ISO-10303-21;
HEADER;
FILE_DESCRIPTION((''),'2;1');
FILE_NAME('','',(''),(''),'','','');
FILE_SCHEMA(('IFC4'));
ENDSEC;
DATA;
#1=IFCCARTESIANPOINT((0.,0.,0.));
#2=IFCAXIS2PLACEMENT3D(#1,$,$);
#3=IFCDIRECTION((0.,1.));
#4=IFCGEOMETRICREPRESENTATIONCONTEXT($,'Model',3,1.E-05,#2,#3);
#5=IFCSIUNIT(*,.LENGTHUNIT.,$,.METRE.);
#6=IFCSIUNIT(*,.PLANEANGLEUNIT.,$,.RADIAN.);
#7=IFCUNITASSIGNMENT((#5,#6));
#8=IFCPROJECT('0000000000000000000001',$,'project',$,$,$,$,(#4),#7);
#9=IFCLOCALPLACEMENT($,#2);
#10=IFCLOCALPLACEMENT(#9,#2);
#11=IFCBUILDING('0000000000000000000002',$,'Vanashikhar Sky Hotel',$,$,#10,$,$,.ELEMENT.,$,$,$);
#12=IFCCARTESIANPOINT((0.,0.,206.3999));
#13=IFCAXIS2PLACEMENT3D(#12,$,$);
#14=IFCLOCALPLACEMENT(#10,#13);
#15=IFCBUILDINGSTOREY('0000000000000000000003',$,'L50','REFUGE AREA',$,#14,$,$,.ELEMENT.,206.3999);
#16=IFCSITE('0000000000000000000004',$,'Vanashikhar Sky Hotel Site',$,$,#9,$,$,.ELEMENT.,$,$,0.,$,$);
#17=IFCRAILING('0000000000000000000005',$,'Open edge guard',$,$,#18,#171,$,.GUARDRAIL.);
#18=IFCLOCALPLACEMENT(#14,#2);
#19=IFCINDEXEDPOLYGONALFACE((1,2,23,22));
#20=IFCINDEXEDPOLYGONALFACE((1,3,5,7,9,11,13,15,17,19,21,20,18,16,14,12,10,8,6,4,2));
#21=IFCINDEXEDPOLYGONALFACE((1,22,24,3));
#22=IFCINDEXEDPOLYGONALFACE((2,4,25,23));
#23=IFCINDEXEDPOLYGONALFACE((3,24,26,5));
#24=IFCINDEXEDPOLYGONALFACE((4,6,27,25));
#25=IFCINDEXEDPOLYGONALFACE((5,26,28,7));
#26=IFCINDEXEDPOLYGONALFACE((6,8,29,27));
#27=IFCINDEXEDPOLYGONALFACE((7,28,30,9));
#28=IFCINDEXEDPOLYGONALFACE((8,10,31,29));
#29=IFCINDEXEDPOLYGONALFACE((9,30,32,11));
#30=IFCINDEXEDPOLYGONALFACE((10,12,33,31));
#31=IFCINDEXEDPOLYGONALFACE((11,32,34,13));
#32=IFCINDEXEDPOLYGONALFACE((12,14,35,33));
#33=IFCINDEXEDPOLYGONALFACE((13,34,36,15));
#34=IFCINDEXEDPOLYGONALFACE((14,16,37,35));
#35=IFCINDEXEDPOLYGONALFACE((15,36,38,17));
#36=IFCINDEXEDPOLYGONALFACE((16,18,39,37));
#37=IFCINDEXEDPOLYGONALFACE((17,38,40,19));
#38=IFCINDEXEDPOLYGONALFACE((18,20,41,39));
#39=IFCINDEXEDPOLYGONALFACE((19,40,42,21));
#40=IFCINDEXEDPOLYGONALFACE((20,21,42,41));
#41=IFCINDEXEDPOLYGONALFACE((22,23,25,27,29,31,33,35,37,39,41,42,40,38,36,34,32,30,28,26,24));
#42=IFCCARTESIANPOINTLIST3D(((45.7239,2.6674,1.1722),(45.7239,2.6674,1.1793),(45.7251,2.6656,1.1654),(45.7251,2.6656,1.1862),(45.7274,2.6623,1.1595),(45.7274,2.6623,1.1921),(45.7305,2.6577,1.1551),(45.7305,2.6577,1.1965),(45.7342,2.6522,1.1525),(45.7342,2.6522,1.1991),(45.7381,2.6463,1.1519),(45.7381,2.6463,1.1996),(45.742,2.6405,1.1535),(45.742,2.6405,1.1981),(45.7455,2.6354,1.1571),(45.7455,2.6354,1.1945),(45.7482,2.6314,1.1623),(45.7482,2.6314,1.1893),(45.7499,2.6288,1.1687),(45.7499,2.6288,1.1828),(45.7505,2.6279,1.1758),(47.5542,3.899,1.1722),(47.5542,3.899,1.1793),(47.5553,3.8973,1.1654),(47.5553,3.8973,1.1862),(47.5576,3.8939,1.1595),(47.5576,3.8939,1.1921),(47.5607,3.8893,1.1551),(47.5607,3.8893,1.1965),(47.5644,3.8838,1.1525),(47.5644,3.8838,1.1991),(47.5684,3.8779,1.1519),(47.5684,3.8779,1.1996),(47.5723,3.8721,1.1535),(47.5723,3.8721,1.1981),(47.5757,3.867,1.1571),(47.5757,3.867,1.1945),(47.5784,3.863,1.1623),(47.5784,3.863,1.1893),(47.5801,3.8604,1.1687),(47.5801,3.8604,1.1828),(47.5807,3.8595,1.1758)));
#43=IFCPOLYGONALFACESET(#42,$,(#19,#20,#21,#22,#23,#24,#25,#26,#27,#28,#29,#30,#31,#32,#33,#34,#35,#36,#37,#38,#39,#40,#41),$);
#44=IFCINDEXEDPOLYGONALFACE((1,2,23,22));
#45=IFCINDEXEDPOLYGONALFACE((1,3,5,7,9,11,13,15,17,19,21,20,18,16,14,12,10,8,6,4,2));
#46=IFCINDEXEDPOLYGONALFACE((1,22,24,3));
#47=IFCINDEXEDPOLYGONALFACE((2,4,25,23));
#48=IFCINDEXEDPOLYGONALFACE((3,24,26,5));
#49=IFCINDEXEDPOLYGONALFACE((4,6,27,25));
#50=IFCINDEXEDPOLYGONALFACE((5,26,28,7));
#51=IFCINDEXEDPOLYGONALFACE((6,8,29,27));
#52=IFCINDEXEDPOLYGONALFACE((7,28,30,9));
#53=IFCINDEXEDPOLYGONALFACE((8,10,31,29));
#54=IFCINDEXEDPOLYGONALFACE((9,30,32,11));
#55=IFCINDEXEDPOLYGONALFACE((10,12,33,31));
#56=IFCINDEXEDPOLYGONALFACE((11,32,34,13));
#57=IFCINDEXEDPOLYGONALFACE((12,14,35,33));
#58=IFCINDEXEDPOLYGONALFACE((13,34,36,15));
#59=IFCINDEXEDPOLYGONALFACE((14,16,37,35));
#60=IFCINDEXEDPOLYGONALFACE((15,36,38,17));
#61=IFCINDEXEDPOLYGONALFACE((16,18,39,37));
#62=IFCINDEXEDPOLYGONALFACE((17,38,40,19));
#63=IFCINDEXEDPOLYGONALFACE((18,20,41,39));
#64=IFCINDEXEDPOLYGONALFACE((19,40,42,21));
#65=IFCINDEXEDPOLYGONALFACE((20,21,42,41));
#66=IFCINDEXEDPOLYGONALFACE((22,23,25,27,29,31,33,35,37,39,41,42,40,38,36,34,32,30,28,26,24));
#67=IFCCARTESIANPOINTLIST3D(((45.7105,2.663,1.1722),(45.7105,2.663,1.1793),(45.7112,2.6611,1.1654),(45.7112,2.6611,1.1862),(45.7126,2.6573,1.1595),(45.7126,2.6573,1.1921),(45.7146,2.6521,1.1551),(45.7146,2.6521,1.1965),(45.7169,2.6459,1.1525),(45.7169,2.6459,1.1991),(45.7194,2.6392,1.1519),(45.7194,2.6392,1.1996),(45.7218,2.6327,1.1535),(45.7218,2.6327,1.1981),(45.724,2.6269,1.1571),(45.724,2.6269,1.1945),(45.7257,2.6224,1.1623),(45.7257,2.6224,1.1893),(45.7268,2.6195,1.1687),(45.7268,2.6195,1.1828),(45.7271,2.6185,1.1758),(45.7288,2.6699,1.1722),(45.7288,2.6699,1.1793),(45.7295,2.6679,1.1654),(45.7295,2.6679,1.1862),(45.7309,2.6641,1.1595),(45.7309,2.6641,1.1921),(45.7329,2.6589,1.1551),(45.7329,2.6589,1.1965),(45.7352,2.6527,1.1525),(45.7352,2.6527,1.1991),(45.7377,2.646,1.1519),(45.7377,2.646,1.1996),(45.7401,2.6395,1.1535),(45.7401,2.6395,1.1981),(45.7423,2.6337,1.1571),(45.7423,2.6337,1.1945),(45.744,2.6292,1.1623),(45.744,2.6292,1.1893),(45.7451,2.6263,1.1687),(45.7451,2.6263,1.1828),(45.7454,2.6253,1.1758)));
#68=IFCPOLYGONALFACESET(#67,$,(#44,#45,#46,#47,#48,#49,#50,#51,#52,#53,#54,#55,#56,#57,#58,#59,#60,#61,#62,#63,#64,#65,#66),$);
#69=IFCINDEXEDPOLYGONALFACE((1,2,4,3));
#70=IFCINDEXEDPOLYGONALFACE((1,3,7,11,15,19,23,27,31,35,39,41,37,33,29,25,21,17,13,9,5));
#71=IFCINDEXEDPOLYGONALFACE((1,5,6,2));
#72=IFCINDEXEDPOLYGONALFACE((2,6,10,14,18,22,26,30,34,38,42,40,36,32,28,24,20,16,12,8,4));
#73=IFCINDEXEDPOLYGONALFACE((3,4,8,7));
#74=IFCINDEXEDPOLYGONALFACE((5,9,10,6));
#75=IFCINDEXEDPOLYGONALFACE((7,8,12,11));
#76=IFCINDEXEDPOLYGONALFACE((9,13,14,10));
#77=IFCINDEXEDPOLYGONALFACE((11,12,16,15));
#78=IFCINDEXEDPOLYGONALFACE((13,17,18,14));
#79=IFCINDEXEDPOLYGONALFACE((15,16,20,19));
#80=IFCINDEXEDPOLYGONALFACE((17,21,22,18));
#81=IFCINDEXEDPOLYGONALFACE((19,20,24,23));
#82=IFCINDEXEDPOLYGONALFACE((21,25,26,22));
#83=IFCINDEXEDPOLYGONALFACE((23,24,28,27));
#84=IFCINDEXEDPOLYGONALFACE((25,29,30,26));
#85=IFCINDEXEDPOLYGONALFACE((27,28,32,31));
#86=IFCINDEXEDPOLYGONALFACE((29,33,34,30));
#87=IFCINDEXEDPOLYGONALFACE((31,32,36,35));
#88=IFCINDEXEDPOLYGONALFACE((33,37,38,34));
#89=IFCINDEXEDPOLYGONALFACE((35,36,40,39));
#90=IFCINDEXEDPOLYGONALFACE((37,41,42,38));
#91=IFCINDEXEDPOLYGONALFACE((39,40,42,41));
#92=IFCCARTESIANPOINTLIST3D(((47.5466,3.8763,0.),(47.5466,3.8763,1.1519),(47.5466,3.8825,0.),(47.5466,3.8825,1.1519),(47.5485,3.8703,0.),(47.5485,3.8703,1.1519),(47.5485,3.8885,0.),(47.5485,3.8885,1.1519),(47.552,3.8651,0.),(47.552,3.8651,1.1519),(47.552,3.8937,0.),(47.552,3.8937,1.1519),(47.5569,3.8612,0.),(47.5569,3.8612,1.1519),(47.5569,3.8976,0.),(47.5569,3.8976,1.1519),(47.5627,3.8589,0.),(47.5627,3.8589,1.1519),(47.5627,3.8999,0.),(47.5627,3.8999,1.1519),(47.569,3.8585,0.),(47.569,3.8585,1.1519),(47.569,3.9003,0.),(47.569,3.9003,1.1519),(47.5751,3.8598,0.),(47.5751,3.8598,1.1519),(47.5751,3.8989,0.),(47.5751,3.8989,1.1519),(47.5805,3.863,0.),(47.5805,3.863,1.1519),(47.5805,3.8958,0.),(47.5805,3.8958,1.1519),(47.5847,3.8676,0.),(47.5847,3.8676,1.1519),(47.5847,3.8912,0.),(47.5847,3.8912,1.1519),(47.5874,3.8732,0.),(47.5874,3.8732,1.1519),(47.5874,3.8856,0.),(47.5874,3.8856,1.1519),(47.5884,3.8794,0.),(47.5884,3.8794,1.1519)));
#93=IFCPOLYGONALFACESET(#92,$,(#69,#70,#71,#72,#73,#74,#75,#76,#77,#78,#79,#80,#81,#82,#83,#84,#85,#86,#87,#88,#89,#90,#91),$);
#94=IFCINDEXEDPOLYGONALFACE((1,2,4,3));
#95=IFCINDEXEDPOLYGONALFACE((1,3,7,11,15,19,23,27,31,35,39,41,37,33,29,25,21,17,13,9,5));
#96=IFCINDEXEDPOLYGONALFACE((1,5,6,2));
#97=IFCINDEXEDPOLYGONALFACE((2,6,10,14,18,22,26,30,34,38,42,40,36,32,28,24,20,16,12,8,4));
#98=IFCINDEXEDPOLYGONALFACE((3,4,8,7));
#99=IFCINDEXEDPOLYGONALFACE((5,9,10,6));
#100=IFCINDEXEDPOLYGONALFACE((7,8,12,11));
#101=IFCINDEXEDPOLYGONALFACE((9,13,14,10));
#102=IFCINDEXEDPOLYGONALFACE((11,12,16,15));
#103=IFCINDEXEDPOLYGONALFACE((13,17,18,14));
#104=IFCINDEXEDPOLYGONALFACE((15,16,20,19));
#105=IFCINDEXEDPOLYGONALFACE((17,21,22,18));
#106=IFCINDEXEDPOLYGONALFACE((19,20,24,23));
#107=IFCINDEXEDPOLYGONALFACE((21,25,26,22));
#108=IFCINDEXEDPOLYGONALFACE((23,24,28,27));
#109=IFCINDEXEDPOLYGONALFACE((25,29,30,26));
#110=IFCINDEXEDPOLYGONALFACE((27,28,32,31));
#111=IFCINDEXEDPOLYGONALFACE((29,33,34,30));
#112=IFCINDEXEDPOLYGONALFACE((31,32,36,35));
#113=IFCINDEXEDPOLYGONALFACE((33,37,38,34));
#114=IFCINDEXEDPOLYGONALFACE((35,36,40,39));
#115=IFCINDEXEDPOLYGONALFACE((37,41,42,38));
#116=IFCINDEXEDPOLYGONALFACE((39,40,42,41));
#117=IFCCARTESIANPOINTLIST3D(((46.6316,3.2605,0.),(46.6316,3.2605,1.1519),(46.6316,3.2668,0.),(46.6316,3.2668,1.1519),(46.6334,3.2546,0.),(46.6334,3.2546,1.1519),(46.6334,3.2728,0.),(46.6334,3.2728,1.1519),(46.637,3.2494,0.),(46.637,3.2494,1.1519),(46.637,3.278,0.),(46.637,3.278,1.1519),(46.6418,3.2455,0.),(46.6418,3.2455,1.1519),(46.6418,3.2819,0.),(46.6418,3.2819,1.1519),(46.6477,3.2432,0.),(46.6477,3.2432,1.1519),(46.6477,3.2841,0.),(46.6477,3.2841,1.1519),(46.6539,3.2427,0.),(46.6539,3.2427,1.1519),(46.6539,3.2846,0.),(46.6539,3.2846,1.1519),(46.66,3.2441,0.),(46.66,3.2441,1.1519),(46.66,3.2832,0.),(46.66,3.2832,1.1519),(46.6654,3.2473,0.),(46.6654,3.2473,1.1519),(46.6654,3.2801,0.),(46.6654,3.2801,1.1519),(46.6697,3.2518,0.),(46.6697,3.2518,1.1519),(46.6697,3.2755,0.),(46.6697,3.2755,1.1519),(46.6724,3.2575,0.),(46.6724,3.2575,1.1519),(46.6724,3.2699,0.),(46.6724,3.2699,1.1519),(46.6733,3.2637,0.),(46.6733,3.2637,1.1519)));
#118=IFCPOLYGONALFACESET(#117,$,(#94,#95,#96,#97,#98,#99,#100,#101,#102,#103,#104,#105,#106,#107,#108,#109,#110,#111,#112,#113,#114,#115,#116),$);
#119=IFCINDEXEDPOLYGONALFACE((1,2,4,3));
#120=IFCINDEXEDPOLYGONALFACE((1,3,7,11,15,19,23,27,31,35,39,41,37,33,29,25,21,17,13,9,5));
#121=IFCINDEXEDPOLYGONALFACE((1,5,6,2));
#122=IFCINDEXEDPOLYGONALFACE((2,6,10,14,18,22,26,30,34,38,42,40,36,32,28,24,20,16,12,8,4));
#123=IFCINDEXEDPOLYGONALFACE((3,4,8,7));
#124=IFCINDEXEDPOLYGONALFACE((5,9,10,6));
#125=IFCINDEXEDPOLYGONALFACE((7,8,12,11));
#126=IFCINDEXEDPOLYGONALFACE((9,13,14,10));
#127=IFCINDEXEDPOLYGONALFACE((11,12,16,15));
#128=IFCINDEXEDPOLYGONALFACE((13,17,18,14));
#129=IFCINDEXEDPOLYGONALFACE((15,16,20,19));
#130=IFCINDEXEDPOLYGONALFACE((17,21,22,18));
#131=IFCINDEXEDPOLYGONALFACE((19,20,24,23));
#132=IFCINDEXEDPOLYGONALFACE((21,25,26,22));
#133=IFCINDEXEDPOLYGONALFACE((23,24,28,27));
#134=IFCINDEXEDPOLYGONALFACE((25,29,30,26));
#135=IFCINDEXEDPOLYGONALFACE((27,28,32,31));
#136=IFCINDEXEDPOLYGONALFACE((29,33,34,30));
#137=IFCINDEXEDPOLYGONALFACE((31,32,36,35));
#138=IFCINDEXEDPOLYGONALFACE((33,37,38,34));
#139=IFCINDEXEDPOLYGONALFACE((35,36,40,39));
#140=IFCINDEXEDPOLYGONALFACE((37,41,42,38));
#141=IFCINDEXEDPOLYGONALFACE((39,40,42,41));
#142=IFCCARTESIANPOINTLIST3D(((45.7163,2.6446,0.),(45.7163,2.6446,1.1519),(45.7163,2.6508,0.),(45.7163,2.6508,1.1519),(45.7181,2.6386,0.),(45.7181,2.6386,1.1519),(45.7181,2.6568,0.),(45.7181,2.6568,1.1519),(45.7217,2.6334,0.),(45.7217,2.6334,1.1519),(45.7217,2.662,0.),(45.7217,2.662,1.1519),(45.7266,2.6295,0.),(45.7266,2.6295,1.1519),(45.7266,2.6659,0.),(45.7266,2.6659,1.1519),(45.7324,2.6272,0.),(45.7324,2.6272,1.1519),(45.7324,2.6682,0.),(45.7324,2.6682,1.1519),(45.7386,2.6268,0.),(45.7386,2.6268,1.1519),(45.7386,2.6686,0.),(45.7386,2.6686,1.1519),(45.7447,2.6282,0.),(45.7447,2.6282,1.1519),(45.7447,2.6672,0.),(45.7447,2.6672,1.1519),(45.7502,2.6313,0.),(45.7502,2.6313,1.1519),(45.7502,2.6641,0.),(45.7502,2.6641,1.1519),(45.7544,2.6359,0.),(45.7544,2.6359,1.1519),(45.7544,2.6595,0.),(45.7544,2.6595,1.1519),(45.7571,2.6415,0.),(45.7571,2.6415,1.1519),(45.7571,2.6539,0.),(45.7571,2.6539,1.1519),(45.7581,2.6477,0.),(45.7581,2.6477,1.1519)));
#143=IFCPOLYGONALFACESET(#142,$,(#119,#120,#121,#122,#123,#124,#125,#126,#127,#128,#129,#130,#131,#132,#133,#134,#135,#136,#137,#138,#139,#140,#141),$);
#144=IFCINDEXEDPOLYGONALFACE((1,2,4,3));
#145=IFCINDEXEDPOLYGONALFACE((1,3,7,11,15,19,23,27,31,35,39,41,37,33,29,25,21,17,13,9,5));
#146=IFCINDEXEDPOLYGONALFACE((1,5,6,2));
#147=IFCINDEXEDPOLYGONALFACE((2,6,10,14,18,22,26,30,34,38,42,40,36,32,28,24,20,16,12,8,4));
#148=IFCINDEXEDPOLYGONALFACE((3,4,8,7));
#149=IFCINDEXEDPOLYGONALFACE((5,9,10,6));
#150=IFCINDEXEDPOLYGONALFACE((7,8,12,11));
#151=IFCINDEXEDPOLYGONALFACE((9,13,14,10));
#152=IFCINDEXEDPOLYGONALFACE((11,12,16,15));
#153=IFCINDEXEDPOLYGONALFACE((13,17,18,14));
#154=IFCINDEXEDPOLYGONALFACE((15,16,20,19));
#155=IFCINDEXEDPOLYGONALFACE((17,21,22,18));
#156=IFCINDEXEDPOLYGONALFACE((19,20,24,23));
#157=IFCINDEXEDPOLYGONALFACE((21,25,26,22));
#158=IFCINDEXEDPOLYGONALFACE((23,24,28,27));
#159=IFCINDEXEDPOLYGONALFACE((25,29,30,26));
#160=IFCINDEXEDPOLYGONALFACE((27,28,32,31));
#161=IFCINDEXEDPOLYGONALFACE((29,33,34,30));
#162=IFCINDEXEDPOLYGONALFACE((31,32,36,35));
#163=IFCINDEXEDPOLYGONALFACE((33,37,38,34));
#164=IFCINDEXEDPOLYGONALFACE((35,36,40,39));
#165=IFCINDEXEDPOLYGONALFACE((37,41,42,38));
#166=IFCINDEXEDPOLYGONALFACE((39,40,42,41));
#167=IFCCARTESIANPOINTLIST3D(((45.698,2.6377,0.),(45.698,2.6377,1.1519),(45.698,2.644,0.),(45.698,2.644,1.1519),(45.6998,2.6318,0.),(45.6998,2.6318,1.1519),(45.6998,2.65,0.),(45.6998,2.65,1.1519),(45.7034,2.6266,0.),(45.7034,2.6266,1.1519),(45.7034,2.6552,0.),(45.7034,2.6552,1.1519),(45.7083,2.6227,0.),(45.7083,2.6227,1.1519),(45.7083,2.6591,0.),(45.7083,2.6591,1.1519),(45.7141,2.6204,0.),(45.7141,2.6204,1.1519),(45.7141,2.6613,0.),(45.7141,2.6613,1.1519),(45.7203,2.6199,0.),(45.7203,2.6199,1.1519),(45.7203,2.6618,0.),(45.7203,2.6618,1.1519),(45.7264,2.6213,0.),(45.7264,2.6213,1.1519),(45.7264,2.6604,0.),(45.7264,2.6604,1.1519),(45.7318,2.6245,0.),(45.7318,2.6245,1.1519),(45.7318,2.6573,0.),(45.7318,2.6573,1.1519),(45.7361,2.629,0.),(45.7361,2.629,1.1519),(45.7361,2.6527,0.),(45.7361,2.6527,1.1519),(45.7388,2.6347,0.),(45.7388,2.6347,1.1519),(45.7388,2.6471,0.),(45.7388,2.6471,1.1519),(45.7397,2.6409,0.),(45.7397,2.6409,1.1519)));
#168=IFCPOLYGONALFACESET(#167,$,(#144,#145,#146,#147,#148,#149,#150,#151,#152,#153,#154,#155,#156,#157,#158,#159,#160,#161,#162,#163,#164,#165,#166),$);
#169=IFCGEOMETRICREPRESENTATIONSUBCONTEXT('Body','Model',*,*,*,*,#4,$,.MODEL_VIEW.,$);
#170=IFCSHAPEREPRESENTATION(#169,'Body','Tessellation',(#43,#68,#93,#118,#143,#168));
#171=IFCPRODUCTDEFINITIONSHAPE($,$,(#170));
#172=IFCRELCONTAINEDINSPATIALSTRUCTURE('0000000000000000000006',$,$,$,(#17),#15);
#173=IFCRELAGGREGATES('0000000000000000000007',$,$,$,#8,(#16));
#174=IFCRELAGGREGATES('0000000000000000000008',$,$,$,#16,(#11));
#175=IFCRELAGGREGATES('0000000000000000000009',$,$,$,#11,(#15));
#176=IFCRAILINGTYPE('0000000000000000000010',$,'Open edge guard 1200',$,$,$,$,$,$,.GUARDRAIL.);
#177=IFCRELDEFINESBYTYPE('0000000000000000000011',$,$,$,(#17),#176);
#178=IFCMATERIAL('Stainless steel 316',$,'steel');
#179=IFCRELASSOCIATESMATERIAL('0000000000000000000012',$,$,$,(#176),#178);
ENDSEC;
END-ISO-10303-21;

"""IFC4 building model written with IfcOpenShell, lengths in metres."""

from ifc_helpers import new_model, si_unit, direction, frame, origin, origin_2d, place, context, subcontext, project, spatial, circle, extrude, source, transform, mapped, material, type_object, element, save


model = new_model("IFC4")

# Units and contexts
model_context = context("Model", 3, precision=1e-05, world=origin(), true_north=direction((0.0, 1.0)))
body_context = subcontext(model_context, "Body", "Model", "MODEL_VIEW")
ifc_project = project(units=[si_unit("LENGTHUNIT", "METRE"), si_unit("PLANEANGLEUNIT", "RADIAN")], contexts=[model_context])

# Site, building, storey
site_placement = place(None, origin())
site = spatial("IfcSite", under=ifc_project, at=site_placement, Name="Vanashikhar Sky Hotel Site", CompositionType="ELEMENT", RefElevation=0.0)
building_placement = place(site_placement, origin())
building = spatial("IfcBuilding", under=site, at=building_placement, Name="Vanashikhar Sky Hotel", CompositionType="ELEMENT")
storey_placement = place(building_placement, frame((0.0, 0.0, 206.3999)))
storey = spatial("IfcBuildingStorey", under=building, at=storey_placement, Name="L50", Description="REFUGE AREA", CompositionType="ELEMENT", Elevation=206.3999)

# Railing
ifc_material_1 = material(Name="Stainless steel 316", Category="steel")
railing_type = type_object("IfcRailingType", Name="Open edge guard 1200", PredefinedType="GUARDRAIL", material=ifc_material_1)
shared_shape_1 = source(origin(), body_context, "Body", "SweptSolid", [
    extrude(circle(Radius=0.0239, at=origin_2d()), frame((0.0, 0.0, 1.1758), z_axis=(-0.829642, -0.558296, 0.0), x_axis=(0.558296, -0.829642, 0.0)), (0.0, 0.0, 1.0), 2.2061),
    extrude(circle(Radius=0.0239, at=origin_2d()), frame((-1.8303, -1.2317, 1.1758), z_axis=(-0.936842, -0.349754, 0.0), x_axis=(0.349754, -0.936842, 0.0)), (0.0, 0.0, 1.0), 0.0195),
    extrude(circle(Radius=0.021, at=origin_2d()), origin(), (0.0, 0.0, 1.0), 1.1519),
    extrude(circle(Radius=0.021, at=origin_2d()), frame((-0.915, -0.6157, 0.0)), (0.0, 0.0, 1.0), 1.1519),
    extrude(circle(Radius=0.021, at=origin_2d()), frame((-1.8303, -1.2317, 0.0)), (0.0, 0.0, 1.0), 1.1519),
    extrude(circle(Radius=0.021, at=origin_2d()), frame((-1.8486, -1.2385, 0.0)), (0.0, 0.0, 1.0), 1.1519),
])
railing_1_placement = place(storey_placement, frame((47.5674, 3.8794, 0.0)))
element("IfcRailing", 1, at=railing_1_placement, inside=storey, type_object=railing_type, Name="Open edge guard", PredefinedType="GUARDRAIL", context=body_context, shape_type="MappedRepresentation", body=[
    mapped(shared_shape_1, transform((0.0, 0.0, 0.0), scale=1.0)),
])

save(model, "model.ifc")
